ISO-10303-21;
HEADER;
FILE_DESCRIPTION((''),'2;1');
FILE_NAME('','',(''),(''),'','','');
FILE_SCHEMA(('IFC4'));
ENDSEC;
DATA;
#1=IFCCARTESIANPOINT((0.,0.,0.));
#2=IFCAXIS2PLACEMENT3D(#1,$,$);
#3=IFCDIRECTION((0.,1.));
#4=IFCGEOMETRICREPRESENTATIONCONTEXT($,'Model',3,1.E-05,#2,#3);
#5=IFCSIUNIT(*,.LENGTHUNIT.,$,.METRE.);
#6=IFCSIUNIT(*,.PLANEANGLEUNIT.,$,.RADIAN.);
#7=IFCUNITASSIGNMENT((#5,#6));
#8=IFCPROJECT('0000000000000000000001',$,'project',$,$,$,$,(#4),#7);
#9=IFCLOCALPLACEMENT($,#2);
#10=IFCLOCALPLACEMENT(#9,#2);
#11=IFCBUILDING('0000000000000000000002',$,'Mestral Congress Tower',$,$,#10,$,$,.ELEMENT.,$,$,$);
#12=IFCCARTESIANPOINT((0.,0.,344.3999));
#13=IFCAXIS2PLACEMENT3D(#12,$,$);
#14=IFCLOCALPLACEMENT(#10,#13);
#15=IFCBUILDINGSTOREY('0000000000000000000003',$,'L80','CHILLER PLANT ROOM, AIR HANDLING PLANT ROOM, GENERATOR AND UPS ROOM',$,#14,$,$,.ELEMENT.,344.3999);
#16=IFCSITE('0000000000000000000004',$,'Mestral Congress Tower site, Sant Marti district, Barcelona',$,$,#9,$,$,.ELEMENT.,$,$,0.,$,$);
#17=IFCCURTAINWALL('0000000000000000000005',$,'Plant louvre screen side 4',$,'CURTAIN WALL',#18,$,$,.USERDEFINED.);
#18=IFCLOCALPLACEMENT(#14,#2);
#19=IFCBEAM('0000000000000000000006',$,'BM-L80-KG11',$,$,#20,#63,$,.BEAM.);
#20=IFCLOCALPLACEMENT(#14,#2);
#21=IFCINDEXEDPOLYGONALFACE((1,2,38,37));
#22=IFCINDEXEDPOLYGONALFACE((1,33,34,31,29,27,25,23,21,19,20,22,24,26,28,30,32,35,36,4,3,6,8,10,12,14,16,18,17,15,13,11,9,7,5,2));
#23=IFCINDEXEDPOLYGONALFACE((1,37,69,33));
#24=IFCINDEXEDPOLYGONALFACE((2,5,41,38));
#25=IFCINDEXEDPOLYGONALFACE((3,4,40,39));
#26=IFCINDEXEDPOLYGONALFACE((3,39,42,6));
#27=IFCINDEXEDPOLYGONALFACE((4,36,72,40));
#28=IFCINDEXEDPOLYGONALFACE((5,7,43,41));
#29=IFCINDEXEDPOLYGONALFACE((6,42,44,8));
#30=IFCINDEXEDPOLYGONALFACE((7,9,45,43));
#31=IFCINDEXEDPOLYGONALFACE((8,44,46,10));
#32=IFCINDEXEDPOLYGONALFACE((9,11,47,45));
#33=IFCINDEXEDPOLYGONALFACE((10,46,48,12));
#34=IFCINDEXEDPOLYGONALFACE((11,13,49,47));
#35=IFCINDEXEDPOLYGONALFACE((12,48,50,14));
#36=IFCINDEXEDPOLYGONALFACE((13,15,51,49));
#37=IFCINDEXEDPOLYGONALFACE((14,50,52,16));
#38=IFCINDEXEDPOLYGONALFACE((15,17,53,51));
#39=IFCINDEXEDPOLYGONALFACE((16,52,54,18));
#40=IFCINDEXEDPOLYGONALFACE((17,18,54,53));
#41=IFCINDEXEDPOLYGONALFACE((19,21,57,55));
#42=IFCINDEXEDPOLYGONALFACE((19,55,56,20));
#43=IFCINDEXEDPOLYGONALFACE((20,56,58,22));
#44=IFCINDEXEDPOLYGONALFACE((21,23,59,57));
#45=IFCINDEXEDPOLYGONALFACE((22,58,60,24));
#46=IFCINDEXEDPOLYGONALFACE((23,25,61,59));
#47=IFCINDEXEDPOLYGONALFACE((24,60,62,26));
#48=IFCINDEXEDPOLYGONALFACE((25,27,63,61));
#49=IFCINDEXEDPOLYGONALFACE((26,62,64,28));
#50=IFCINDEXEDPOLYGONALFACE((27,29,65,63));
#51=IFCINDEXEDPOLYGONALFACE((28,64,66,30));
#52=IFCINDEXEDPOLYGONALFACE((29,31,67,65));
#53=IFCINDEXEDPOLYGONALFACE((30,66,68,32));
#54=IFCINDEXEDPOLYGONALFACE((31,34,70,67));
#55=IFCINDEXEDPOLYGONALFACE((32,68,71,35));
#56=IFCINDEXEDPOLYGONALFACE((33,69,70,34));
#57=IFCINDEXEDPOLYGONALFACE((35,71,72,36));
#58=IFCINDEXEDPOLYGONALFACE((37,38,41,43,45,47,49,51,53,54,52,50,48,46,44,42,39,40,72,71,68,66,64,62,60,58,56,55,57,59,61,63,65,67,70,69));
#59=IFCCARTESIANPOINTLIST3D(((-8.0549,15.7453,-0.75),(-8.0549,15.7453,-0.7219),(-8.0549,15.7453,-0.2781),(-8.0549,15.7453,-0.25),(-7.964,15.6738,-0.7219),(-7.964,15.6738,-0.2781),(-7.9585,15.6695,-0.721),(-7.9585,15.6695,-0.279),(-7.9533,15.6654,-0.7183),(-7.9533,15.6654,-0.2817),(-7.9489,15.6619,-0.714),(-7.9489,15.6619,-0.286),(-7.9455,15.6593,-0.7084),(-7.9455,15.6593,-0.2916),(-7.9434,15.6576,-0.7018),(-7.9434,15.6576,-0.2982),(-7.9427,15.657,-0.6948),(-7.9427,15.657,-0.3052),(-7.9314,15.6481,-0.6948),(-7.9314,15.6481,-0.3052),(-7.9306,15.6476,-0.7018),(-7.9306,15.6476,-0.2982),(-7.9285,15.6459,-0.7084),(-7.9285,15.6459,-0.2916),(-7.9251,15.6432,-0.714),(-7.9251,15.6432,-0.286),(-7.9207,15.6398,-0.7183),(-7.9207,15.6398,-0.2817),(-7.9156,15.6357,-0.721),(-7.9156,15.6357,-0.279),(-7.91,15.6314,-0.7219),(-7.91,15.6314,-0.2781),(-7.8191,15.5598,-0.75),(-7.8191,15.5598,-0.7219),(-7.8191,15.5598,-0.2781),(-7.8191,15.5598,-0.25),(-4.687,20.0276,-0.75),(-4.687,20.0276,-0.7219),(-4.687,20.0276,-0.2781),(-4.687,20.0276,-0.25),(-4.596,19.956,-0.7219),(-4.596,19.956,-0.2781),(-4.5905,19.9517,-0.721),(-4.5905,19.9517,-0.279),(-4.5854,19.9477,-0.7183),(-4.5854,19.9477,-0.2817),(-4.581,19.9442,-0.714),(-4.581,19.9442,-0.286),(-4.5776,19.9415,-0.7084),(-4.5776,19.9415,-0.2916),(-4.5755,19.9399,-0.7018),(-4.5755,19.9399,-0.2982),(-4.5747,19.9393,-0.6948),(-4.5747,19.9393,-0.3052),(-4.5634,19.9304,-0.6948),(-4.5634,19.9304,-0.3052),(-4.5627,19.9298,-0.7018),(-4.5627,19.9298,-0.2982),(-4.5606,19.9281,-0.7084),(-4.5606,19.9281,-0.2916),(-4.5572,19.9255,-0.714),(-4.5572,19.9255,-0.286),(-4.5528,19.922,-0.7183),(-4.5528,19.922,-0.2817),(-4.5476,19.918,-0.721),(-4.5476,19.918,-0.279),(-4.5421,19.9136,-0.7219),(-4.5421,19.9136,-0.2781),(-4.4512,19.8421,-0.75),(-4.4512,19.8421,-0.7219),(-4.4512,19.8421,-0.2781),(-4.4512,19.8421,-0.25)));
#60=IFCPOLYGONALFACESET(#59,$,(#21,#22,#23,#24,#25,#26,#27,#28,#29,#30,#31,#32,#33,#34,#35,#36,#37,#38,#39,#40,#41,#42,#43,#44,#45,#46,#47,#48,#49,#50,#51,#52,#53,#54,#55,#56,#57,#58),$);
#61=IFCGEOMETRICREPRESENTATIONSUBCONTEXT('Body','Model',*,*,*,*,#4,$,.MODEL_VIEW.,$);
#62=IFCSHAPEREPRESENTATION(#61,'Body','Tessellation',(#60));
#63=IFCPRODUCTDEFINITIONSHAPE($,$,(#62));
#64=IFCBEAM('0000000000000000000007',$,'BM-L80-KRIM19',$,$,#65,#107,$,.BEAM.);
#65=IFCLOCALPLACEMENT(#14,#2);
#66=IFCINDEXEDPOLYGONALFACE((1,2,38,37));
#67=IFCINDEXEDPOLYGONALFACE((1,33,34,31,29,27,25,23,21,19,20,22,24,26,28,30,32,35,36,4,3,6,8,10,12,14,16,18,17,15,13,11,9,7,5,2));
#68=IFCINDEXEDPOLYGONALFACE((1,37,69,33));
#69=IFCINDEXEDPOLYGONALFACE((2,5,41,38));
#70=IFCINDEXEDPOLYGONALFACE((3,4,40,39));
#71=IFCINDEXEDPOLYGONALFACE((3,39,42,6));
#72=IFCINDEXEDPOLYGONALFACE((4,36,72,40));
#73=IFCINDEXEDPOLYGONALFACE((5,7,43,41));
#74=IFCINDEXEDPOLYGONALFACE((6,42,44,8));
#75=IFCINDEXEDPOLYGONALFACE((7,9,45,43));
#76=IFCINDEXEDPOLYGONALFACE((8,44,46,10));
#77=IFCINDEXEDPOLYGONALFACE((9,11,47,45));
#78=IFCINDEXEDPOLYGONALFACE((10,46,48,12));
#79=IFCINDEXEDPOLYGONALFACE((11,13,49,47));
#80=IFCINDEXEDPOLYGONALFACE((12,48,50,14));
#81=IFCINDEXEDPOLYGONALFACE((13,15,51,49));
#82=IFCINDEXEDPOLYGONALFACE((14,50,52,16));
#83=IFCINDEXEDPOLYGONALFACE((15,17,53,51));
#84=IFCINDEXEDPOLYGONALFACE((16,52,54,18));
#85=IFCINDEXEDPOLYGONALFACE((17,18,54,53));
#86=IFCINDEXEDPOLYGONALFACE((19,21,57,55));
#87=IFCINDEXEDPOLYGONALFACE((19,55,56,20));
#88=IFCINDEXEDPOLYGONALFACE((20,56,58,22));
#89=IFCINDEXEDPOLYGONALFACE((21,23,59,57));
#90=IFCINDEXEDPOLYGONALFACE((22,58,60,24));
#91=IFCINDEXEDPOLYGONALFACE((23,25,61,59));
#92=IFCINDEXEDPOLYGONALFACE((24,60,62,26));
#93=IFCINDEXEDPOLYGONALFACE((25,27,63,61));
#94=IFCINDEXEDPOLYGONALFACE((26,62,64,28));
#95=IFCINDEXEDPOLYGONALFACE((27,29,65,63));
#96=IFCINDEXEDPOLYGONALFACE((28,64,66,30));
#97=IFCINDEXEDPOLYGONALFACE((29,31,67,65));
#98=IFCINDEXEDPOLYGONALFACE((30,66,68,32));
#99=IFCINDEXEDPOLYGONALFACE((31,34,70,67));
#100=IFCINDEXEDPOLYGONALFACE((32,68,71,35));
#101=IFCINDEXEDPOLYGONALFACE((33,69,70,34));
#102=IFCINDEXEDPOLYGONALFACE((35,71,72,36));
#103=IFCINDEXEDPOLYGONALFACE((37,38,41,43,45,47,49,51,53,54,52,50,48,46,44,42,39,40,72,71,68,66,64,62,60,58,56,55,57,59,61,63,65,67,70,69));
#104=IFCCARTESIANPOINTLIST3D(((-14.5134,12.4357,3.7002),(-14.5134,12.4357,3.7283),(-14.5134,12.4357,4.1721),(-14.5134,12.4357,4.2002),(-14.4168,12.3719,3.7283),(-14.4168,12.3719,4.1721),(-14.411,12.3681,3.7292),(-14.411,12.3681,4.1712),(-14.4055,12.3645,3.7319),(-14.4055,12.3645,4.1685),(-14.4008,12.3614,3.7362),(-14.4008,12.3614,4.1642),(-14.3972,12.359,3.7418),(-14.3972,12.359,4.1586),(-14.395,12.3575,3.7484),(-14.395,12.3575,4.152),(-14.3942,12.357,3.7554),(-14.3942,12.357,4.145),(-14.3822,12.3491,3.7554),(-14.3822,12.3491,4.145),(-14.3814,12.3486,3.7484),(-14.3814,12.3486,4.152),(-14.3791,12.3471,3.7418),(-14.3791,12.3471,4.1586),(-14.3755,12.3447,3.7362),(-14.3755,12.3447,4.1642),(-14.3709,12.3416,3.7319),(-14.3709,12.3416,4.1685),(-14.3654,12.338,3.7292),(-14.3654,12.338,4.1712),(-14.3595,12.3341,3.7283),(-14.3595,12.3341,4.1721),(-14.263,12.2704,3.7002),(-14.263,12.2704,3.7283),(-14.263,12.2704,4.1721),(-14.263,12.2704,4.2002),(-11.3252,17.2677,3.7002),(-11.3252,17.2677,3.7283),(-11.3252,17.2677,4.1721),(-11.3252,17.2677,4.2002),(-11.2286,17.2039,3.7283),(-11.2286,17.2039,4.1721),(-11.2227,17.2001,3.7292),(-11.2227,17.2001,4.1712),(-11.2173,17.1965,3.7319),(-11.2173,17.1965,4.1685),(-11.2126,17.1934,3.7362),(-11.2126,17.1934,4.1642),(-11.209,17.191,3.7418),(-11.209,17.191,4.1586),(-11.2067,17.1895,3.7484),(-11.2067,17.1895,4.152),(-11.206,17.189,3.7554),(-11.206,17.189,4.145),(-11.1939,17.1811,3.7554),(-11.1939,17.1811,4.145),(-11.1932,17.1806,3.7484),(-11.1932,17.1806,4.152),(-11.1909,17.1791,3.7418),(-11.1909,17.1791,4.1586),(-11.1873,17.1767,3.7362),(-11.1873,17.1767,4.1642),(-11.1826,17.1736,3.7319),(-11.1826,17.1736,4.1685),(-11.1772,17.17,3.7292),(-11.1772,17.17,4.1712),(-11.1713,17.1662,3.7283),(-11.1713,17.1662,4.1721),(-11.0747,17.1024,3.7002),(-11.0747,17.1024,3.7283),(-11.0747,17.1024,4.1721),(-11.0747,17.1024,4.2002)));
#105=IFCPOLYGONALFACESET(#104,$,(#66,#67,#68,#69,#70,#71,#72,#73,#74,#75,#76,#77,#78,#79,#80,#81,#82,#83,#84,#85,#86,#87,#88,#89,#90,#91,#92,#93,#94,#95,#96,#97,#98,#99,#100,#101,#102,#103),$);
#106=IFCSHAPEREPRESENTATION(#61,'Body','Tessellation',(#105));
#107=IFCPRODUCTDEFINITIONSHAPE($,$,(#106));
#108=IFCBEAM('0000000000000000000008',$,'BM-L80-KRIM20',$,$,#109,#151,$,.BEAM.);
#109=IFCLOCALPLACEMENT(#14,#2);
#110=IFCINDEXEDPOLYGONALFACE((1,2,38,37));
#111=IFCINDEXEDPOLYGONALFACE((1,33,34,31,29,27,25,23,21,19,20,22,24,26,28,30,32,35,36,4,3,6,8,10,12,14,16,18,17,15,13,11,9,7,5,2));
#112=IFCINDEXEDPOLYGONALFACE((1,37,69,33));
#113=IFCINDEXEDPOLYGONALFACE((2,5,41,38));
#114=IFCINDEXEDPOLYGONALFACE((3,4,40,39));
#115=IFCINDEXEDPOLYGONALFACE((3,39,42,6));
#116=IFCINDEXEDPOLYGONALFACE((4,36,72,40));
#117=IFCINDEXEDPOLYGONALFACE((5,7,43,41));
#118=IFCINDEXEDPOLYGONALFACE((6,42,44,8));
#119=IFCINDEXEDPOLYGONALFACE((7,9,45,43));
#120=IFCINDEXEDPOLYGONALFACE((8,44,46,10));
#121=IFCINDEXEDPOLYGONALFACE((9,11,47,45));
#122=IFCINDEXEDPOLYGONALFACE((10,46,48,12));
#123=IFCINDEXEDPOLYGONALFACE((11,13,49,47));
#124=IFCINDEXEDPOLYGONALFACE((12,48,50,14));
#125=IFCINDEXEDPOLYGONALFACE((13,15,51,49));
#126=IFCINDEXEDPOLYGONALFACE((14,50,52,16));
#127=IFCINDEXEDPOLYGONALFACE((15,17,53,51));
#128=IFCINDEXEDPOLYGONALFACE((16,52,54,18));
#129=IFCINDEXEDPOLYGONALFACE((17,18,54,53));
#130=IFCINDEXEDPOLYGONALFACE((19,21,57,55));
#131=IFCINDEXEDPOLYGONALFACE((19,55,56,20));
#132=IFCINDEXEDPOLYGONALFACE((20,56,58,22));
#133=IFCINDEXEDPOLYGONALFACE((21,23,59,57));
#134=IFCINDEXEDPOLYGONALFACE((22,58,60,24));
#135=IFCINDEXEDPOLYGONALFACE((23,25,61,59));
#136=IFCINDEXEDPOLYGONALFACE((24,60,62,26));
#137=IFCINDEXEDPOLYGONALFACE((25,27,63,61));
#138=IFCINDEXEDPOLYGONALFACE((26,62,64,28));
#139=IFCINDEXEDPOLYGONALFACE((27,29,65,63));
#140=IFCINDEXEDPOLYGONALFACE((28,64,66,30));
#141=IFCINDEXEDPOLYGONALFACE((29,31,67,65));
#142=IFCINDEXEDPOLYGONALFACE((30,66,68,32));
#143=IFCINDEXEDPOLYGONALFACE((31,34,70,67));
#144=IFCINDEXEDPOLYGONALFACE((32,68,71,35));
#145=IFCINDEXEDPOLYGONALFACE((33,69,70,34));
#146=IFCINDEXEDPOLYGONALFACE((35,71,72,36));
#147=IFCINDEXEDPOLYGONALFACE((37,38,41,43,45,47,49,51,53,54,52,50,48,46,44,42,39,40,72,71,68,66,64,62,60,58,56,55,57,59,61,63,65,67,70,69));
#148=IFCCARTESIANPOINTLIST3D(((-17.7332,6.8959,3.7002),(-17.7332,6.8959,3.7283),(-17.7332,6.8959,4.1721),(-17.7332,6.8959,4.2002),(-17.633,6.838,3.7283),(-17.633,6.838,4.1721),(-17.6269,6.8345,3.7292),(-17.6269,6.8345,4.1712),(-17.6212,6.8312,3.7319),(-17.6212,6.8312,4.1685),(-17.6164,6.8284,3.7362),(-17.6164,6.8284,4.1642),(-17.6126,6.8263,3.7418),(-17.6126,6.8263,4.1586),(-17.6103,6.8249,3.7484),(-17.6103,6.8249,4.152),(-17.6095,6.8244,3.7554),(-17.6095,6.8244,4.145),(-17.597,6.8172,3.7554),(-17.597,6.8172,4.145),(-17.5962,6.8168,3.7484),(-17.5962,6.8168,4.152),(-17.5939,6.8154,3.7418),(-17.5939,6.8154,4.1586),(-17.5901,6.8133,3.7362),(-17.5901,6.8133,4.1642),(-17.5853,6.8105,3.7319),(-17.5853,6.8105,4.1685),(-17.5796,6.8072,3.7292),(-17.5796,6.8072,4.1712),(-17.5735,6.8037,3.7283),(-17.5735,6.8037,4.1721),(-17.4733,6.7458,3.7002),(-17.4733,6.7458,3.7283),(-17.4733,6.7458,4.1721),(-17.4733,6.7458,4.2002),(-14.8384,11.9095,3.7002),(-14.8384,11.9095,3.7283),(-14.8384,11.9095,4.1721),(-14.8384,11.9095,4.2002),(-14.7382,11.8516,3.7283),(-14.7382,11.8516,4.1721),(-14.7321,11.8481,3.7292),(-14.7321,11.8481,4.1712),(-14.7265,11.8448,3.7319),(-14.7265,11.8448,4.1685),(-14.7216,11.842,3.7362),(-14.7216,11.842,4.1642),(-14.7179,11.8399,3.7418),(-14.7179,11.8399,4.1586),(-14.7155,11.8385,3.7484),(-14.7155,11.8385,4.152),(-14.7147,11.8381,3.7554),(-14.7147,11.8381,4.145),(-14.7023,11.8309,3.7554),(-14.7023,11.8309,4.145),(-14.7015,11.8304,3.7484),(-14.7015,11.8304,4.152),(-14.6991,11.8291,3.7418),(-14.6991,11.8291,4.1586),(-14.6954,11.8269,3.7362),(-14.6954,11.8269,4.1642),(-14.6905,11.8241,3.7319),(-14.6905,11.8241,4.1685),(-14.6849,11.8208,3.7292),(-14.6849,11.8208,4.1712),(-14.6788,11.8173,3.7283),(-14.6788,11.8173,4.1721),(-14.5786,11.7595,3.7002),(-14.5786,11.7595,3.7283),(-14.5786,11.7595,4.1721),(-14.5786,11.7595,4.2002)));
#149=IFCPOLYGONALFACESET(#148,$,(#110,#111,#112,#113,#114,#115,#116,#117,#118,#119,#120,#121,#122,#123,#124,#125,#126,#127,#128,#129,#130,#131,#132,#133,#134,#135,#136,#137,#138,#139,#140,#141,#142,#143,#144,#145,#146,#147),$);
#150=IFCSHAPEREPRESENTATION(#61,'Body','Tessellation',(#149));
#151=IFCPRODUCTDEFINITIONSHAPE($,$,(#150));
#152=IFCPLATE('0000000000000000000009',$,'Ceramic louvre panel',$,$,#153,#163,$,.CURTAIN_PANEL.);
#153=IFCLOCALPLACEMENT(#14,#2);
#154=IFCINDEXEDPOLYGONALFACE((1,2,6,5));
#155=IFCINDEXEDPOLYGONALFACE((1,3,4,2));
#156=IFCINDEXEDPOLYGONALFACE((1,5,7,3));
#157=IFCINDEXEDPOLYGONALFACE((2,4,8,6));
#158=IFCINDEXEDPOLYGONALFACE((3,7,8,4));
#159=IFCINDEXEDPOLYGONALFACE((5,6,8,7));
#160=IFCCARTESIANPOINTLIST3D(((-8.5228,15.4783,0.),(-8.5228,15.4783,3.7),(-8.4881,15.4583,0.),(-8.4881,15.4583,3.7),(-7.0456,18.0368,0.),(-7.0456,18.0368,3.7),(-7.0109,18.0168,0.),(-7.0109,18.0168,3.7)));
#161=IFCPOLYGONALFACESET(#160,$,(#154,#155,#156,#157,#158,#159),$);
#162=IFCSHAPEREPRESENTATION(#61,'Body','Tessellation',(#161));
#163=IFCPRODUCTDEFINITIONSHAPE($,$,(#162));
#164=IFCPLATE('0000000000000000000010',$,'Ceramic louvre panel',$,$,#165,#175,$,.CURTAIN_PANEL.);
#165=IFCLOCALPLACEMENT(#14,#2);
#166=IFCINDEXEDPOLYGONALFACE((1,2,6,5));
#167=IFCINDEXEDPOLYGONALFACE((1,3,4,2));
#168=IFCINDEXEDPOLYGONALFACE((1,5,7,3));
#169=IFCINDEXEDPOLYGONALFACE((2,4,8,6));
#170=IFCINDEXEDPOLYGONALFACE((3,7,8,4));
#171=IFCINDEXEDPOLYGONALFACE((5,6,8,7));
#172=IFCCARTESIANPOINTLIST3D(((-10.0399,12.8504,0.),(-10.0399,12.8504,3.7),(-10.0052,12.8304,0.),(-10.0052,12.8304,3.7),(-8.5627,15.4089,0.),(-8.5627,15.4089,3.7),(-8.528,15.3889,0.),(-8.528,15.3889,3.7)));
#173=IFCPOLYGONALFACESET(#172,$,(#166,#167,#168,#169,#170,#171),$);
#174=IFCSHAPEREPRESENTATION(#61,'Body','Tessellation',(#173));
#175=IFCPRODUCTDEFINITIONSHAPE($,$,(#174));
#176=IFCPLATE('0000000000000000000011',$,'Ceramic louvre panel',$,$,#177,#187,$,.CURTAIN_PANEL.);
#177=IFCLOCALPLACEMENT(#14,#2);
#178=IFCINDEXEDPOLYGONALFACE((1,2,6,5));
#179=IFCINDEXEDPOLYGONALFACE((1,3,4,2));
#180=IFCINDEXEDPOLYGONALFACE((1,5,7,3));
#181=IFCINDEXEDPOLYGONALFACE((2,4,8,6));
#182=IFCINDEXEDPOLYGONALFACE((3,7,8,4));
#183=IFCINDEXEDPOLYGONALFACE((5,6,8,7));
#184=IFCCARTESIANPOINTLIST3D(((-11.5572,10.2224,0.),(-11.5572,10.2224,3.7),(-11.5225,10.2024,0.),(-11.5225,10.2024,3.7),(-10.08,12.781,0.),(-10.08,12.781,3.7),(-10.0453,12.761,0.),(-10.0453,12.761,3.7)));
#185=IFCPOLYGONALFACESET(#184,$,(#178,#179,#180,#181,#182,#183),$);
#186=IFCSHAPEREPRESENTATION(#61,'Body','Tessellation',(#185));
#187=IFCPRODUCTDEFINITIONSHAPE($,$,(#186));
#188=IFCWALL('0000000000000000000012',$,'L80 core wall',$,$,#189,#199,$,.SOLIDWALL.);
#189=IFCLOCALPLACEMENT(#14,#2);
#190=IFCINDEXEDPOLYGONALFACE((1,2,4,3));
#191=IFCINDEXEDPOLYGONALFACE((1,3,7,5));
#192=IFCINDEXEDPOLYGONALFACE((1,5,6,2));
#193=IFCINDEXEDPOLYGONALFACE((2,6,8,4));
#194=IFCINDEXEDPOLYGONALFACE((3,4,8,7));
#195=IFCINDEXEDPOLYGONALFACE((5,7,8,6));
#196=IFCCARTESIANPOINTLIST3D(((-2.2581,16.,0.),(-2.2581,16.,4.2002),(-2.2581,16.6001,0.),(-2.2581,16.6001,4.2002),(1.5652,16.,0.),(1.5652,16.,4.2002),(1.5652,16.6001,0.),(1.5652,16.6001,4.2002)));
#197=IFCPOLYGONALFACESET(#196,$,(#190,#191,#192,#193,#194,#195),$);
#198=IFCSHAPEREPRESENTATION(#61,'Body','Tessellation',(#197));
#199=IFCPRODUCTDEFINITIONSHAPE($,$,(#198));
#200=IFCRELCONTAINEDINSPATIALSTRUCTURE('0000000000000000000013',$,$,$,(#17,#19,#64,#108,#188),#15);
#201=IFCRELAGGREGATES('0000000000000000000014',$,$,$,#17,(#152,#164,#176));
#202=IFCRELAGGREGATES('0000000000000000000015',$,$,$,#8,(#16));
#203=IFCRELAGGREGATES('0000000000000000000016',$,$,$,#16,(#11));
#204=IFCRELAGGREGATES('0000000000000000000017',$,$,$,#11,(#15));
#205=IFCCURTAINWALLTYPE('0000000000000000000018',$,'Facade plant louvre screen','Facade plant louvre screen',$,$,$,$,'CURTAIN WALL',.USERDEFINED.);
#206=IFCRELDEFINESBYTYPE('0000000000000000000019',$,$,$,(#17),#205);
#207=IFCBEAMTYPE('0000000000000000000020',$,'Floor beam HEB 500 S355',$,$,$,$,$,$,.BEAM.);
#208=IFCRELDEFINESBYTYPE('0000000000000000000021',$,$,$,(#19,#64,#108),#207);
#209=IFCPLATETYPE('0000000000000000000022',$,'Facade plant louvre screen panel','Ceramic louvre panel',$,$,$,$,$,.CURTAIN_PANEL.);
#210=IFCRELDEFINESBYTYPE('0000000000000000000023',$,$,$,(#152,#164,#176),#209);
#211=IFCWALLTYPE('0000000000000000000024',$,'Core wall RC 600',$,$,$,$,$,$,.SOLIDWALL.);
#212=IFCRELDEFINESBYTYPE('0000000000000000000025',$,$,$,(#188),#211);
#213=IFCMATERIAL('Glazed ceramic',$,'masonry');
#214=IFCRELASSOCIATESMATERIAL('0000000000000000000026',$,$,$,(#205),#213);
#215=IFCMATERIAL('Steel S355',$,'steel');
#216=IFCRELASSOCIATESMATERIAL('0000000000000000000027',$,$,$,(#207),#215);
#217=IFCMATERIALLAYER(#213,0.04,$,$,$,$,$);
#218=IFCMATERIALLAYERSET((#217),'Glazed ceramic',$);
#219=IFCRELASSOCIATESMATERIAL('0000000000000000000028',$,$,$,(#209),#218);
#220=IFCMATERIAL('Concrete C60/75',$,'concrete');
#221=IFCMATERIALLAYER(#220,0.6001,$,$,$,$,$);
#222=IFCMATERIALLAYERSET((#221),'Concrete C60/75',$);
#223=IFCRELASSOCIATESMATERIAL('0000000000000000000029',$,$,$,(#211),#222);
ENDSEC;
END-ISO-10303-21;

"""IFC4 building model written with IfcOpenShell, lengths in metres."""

from ifc_helpers import new_model, si_unit, direction, frame, frame_2d, origin, origin_2d, place, context, subcontext, project, spatial, rectangle, i_section, extrude, material, layer, layer_set, material_profile, profile_set, type_object, element, aggregate, save


model = new_model("IFC4")

# Units and contexts
model_context = context("Model", 3, precision=1e-05, world=origin(), true_north=direction((0.0, 1.0)))
body_context = subcontext(model_context, "Body", "Model", "MODEL_VIEW")
ifc_project = project(units=[si_unit("LENGTHUNIT", "METRE"), si_unit("PLANEANGLEUNIT", "RADIAN")], contexts=[model_context])

# Site, building, storey
site_placement = place(None, origin())
site = spatial("IfcSite", under=ifc_project, at=site_placement, Name="Mestral Congress Tower site, Sant Marti district, Barcelona", CompositionType="ELEMENT", RefElevation=0.0)
building_placement = place(site_placement, origin())
building = spatial("IfcBuilding", under=site, at=building_placement, Name="Mestral Congress Tower", CompositionType="ELEMENT")
storey_placement = place(building_placement, frame((0.0, 0.0, 344.3999)))
storey = spatial("IfcBuildingStorey", under=building, at=storey_placement, Name="L80", Description="CHILLER PLANT ROOM, AIR HANDLING PLANT ROOM, GENERATOR AND UPS ROOM", CompositionType="ELEMENT", Elevation=344.3999)

# Shared definitions
ifc_material_1 = material(Name="Steel S355", Category="steel")

# Curtain wall
ifc_material_2 = material(Name="Glazed ceramic", Category="masonry")
curtain_wall_type = type_object("IfcCurtainWallType", Name="Facade plant louvre screen", Description="Facade plant louvre screen", ElementType="CURTAIN WALL", PredefinedType="USERDEFINED", material=ifc_material_2)
placement = place(storey_placement, origin())
curtain_wall = element("IfcCurtainWall", 1, at=placement, inside=storey, type_object=curtain_wall_type, Name="Plant louvre screen side 4", ObjectType="CURTAIN WALL", PredefinedType="USERDEFINED")

# Beams
ifc_material_profile_1 = material_profile(ifc_material_1, i_section(OverallWidth=0.3, OverallDepth=0.5, WebThickness=0.0144, FlangeThickness=0.0281, FilletRadius=0.0271, at=origin_2d()), Name="HEB 500")
ifc_profile_set_1 = profile_set([ifc_material_profile_1], Name="Steel S355")
beam_type_1 = type_object("IfcBeamType", Name="Floor beam HEB 500 S355", PredefinedType="BEAM", material=ifc_profile_set_1)
beam_1_placement = place(storey_placement, frame((-7.937, 15.6526, -0.5), z_axis=(0.618198, 0.786023, 0.0), x_axis=(-0.786023, 0.618198, 0.0)))
element("IfcBeam", 2, at=beam_1_placement, inside=storey, type_object=beam_type_1, Name="BM-L80-KG11", PredefinedType="BEAM", context=body_context, shape_type="SweptSolid", body=[
    extrude(i_section(OverallWidth=0.3, OverallDepth=0.5, WebThickness=0.0144, FlangeThickness=0.0281, FilletRadius=0.0271, at=origin_2d()), origin(), (0.0, 0.0, 1.0), 5.448),
])
beam_2_placement = place(storey_placement, frame((-11.2, 17.1851, 3.9502), z_axis=(-0.550733, -0.834682, 0.0), x_axis=(0.834682, -0.550733, 0.0)))
element("IfcBeam", 3, at=beam_2_placement, inside=storey, type_object=beam_type_1, Name="BM-L80-KRIM19", PredefinedType="BEAM", context=body_context, shape_type="SweptSolid", body=[
    extrude(i_section(OverallWidth=0.3, OverallDepth=0.5, WebThickness=0.0144, FlangeThickness=0.0281, FilletRadius=0.0271, at=origin_2d()), origin(), (0.0, 0.0, 1.0), 5.7891),
])
beam_3_placement = place(storey_placement, frame((-14.7085, 11.8345, 3.9502), z_axis=(-0.500017, -0.866016, 0.0), x_axis=(0.866016, -0.500017, 0.0)))
element("IfcBeam", 4, at=beam_3_placement, inside=storey, type_object=beam_type_1, Name="BM-L80-KRIM20", PredefinedType="BEAM", context=body_context, shape_type="SweptSolid", body=[
    extrude(i_section(OverallWidth=0.3, OverallDepth=0.5, WebThickness=0.0144, FlangeThickness=0.0281, FilletRadius=0.0271, at=origin_2d()), origin(), (0.0, 0.0, 1.0), 5.7893),
])

# Plates
ifc_layer_1 = layer(ifc_material_2, 0.04)
ifc_layer_set_1 = layer_set([ifc_layer_1], Name="Glazed ceramic")
plate_type = type_object("IfcPlateType", Name="Facade plant louvre screen panel", Description="Ceramic louvre panel", PredefinedType="CURTAIN_PANEL", material=ifc_layer_set_1)
plate_1_placement = place(storey_placement, frame((-7.7668, 16.7476, 0.0), z_axis=(0.0, 0.0, 1.0), x_axis=(-0.500002, -0.866025, 0.0)))
plate_1 = element("IfcPlate", 5, at=plate_1_placement, type_object=plate_type, Name="Ceramic louvre panel", PredefinedType="CURTAIN_PANEL", context=body_context, shape_type="SweptSolid", body=[
    extrude(rectangle(XDim=2.9543, YDim=0.04, at=origin_2d()), origin(), (0.0, 0.0, 1.0), 3.7),
])
plate_2_placement = place(storey_placement, frame((-9.2839, 14.1196, 0.0), z_axis=(0.0, 0.0, 1.0), x_axis=(-0.500002, -0.866025, 0.0)))
plate_2 = element("IfcPlate", 6, at=plate_2_placement, type_object=plate_type, Name="Ceramic louvre panel", PredefinedType="CURTAIN_PANEL", context=body_context, shape_type="SweptSolid", body=[
    extrude(rectangle(XDim=2.9543, YDim=0.04, at=origin_2d()), origin(), (0.0, 0.0, 1.0), 3.7),
])
plate_3_placement = place(storey_placement, frame((-10.8013, 11.4917, 0.0), z_axis=(0.0, 0.0, 1.0), x_axis=(-0.500002, -0.866025, 0.0)))
plate_3 = element("IfcPlate", 7, at=plate_3_placement, type_object=plate_type, Name="Ceramic louvre panel", PredefinedType="CURTAIN_PANEL", context=body_context, shape_type="SweptSolid", body=[
    extrude(rectangle(XDim=2.9543, YDim=0.04, at=origin_2d()), origin(), (0.0, 0.0, 1.0), 3.7),
])
aggregate(curtain_wall, [plate_1, plate_2, plate_3])

# Wall
ifc_material_3 = material(Name="Concrete C60/75", Category="concrete")
ifc_layer_2 = layer(ifc_material_3, 0.6001)
ifc_layer_set_2 = layer_set([ifc_layer_2], Name="Concrete C60/75")
wall_type_1 = type_object("IfcWallType", Name="Core wall RC 600", PredefinedType="SOLIDWALL", material=ifc_layer_set_2)
wall_1_placement = place(storey_placement, frame((-2.2581, 16.3, 0.0), z_axis=(0.0, 0.0, 1.0), x_axis=(1.0, 0.0, 0.0)))
element("IfcWall", 8, at=wall_1_placement, inside=storey, type_object=wall_type_1, Name="L80 core wall", PredefinedType="SOLIDWALL", context=body_context, shape_type="SweptSolid", body=[
    extrude(rectangle(XDim=3.8232, YDim=0.6001, at=frame_2d((1.9116, 0.0))), origin(), (0.0, 0.0, 1.0), 4.2002),
])

save(model, "model.ifc")
